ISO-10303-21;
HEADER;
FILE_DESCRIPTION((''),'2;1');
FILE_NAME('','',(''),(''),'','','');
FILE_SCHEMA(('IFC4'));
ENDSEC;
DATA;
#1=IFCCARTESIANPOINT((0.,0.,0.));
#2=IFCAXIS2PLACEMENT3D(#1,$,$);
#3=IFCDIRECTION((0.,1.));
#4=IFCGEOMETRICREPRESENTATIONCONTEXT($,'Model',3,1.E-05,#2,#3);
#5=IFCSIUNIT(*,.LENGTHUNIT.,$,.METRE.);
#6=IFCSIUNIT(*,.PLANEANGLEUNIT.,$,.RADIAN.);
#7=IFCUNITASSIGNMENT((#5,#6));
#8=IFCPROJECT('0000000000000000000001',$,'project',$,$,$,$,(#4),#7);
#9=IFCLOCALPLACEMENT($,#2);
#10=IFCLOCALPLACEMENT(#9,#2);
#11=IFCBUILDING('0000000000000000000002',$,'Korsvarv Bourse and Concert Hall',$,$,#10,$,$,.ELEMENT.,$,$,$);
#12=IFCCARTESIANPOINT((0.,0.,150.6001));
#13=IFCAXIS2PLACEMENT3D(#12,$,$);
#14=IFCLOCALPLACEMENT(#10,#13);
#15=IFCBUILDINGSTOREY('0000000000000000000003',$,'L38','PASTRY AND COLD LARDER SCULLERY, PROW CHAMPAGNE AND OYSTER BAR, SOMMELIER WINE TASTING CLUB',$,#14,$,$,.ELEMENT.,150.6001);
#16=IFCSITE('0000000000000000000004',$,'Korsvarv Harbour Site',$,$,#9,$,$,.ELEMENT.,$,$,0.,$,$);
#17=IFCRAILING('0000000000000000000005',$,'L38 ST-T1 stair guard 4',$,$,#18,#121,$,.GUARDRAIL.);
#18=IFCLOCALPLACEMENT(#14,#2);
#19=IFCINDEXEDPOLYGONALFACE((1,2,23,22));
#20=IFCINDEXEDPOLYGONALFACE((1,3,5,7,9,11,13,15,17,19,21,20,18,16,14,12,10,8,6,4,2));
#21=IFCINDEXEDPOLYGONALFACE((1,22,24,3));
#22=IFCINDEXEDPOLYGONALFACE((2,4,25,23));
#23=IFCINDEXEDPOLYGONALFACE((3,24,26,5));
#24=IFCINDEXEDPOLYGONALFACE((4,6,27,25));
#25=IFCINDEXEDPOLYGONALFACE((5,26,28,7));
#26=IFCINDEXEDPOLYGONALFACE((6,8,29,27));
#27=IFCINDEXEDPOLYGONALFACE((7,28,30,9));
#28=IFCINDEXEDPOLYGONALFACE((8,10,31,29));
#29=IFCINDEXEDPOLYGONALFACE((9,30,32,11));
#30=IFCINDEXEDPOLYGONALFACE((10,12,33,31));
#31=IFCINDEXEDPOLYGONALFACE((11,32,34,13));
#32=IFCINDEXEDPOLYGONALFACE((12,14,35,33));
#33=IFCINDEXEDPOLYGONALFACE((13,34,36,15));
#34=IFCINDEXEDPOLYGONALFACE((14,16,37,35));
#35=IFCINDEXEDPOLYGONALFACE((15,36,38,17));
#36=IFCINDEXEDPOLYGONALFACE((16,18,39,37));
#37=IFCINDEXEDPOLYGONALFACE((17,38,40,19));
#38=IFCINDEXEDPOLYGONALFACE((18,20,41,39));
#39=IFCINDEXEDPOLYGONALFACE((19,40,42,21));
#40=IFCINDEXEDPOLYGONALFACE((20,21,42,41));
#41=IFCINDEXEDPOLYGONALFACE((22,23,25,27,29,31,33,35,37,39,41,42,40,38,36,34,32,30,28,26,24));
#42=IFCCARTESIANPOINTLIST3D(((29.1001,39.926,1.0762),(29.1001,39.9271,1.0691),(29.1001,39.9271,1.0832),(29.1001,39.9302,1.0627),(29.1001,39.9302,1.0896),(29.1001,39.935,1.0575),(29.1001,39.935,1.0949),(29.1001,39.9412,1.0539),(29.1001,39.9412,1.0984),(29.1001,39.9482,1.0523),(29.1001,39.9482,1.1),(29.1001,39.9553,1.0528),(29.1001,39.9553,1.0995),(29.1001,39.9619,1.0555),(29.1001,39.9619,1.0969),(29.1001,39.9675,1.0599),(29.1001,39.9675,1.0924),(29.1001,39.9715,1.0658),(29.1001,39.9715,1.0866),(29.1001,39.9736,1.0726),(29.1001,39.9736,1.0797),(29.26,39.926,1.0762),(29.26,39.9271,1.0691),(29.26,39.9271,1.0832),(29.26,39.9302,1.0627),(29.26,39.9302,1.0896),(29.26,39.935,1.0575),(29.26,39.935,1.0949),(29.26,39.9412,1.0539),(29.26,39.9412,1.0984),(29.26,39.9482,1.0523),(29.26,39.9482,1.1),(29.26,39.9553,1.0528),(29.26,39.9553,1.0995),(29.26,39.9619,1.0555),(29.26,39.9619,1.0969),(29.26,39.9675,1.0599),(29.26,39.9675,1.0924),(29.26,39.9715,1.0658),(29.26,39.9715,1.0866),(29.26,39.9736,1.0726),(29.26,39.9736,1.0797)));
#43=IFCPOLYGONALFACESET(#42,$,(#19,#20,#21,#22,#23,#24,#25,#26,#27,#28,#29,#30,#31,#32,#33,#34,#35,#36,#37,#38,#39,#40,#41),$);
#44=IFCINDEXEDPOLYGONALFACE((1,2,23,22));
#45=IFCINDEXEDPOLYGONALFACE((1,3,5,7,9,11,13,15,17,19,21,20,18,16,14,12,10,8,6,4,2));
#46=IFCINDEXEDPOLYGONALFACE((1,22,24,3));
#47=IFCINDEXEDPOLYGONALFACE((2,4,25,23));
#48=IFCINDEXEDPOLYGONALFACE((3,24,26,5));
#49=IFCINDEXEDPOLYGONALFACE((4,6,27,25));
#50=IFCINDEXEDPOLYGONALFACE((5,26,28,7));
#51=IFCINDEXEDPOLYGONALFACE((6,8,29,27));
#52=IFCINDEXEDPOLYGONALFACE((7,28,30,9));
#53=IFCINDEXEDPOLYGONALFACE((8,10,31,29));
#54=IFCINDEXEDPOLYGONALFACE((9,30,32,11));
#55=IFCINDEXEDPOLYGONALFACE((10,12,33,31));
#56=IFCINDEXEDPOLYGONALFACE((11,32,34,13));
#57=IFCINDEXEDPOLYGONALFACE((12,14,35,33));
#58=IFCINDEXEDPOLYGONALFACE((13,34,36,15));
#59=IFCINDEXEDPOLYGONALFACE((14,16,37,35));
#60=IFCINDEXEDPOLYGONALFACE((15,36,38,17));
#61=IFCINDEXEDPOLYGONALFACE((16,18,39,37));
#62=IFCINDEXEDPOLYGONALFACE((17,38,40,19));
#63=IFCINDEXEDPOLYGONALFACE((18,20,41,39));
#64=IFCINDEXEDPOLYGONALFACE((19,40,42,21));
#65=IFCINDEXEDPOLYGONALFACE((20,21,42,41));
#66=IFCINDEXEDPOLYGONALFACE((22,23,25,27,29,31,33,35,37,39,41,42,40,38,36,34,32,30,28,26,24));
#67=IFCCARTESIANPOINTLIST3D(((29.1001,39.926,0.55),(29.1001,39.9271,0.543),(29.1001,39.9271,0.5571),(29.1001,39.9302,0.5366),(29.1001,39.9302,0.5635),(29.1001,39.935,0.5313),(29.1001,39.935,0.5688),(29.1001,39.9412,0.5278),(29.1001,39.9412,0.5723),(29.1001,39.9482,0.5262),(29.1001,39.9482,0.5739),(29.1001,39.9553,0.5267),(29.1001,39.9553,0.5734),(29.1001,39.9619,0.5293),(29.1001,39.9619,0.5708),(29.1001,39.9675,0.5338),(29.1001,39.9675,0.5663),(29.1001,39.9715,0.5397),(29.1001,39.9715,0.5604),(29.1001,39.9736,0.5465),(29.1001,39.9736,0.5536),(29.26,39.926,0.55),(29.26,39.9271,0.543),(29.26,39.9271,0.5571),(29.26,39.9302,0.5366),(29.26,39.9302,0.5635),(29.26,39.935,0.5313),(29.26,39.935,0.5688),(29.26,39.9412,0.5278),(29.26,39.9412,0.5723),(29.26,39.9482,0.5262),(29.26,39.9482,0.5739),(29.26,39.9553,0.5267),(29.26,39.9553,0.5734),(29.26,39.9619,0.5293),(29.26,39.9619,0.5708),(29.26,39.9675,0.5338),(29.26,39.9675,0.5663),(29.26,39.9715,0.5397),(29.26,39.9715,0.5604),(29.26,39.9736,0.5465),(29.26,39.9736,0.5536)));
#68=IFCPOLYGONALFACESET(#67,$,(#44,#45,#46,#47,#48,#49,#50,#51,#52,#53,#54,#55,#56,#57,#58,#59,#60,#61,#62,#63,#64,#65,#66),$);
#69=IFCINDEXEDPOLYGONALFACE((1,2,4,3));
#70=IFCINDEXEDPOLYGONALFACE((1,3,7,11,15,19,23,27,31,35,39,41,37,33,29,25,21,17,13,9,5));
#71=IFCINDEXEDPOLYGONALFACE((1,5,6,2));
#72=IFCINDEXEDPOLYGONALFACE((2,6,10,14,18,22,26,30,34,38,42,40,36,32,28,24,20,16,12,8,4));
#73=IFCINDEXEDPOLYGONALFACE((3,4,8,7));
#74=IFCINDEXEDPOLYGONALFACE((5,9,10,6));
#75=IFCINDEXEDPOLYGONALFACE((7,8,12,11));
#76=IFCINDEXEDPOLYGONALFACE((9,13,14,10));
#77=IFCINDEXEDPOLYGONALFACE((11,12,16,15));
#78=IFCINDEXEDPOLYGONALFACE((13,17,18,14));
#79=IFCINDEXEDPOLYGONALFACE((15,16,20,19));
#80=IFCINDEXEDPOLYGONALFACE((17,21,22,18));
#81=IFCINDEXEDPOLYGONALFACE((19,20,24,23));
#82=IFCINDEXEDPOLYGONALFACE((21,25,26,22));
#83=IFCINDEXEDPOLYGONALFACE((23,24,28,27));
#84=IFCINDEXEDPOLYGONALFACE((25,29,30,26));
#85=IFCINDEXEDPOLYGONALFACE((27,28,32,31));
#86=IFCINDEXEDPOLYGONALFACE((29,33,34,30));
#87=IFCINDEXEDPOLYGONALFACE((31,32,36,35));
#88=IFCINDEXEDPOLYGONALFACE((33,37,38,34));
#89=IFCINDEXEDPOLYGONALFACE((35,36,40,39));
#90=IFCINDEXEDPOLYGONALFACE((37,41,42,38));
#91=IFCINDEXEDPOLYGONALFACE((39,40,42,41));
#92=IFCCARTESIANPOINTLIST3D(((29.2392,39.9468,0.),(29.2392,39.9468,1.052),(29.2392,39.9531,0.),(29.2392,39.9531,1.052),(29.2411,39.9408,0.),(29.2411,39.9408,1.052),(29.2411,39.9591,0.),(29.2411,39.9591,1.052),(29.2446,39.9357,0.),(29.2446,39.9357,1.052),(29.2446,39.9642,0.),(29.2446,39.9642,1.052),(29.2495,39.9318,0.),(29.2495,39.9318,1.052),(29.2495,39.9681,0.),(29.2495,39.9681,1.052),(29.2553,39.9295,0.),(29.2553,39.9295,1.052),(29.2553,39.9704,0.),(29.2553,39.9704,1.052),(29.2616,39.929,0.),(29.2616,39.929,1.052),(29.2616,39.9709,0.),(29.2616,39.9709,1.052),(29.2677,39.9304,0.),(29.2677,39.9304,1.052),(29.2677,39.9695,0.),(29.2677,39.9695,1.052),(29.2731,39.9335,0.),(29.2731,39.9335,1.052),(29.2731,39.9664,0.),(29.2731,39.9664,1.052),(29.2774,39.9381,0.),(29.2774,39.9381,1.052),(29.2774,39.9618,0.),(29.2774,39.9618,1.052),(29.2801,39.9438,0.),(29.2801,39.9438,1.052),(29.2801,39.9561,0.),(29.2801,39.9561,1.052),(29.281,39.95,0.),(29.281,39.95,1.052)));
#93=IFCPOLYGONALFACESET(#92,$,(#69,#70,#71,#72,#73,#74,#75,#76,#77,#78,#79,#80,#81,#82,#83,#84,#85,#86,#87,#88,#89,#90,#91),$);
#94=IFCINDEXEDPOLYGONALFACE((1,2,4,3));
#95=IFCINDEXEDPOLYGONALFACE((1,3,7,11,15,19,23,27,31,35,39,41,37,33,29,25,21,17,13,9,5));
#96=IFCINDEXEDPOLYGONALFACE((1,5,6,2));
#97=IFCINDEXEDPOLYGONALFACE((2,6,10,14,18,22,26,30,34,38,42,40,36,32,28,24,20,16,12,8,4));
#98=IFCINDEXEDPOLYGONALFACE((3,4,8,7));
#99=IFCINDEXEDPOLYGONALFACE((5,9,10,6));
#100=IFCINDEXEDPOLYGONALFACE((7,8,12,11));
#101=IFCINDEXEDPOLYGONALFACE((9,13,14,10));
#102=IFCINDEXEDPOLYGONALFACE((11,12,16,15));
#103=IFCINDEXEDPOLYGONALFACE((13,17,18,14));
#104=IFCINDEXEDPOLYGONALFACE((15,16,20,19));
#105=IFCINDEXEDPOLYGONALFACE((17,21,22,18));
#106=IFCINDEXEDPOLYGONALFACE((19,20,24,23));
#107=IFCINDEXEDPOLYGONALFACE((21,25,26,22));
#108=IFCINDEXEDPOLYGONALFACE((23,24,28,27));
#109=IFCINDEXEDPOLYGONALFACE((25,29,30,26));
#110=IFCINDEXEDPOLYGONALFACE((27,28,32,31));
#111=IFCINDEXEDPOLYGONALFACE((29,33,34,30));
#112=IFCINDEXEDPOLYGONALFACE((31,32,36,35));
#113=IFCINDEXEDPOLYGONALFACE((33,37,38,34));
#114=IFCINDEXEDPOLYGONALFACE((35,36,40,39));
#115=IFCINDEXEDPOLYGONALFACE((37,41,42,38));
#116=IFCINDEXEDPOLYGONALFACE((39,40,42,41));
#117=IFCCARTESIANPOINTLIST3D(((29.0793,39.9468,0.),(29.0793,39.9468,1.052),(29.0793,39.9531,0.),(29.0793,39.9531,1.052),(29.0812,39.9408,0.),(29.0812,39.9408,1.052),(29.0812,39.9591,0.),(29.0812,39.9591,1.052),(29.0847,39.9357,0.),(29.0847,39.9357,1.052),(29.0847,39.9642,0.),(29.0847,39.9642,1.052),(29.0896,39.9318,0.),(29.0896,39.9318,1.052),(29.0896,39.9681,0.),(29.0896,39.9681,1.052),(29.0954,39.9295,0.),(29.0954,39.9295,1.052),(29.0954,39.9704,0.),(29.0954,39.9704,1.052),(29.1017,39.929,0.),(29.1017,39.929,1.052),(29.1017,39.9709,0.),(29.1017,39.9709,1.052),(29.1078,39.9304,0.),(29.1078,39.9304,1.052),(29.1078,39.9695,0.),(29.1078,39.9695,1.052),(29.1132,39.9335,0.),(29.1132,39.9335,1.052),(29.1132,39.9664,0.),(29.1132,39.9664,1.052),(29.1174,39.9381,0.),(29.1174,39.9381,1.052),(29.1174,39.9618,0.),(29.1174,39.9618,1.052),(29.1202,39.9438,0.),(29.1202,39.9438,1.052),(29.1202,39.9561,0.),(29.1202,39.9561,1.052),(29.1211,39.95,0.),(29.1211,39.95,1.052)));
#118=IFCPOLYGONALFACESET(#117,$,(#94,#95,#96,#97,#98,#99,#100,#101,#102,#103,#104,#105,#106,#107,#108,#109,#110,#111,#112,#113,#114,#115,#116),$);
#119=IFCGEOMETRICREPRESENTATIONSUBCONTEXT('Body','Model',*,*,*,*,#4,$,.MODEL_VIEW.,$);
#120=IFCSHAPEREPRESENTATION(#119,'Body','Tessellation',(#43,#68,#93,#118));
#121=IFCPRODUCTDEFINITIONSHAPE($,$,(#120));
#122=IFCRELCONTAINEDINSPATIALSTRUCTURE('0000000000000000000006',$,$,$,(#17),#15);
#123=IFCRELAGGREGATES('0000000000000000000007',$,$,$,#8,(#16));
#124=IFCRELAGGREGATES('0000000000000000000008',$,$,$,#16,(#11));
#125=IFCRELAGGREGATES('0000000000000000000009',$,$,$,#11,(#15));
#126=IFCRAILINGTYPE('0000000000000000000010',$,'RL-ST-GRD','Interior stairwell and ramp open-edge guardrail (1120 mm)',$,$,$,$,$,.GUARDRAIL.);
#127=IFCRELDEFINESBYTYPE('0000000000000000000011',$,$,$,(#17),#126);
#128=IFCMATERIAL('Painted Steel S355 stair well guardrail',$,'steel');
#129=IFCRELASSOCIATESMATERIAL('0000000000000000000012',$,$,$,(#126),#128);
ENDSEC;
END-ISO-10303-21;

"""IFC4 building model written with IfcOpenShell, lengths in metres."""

from ifc_helpers import new_model, si_unit, direction, frame, origin, origin_2d, place, context, subcontext, project, spatial, circle, extrude, material, type_object, element, save


model = new_model("IFC4")

# Units and contexts
model_context = context("Model", 3, precision=1e-05, world=origin(), true_north=direction((0.0, 1.0)))
body_context = subcontext(model_context, "Body", "Model", "MODEL_VIEW")
ifc_project = project(units=[si_unit("LENGTHUNIT", "METRE"), si_unit("PLANEANGLEUNIT", "RADIAN")], contexts=[model_context])

# Site, building, storey
site_placement = place(None, origin())
site = spatial("IfcSite", under=ifc_project, at=site_placement, Name="Korsvarv Harbour Site", CompositionType="ELEMENT", RefElevation=0.0)
building_placement = place(site_placement, origin())
building = spatial("IfcBuilding", under=site, at=building_placement, Name="Korsvarv Bourse and Concert Hall", CompositionType="ELEMENT")
storey_placement = place(building_placement, frame((0.0, 0.0, 150.6001)))
storey = spatial("IfcBuildingStorey", under=building, at=storey_placement, Name="L38", Description="PASTRY AND COLD LARDER SCULLERY, PROW CHAMPAGNE AND OYSTER BAR, SOMMELIER WINE TASTING CLUB", CompositionType="ELEMENT", Elevation=150.6001)

# Railing
ifc_material_1 = material(Name="Painted Steel S355 stair well guardrail", Category="steel")
railing_type_1 = type_object("IfcRailingType", Name="RL-ST-GRD", Description="Interior stairwell and ramp open-edge guardrail (1120 mm)", PredefinedType="GUARDRAIL", material=ifc_material_1)
railing_1_placement = place(storey_placement, frame((29.26, 39.95, 0.0)))
element("IfcRailing", 1, at=railing_1_placement, inside=storey, type_object=railing_type_1, Name="L38 ST-T1 stair guard 4", PredefinedType="GUARDRAIL", context=body_context, shape_type="SweptSolid", body=[
    extrude(circle(Radius=0.0239, at=origin_2d()), frame((0.0, 0.0, 1.0762), z_axis=(-1.0, 0.0, 0.0), x_axis=(0.0, -1.0, 0.0)), (0.0, 0.0, 1.0), 0.1599),
    extrude(circle(Radius=0.0239, at=origin_2d()), frame((0.0, 0.0, 0.55), z_axis=(-1.0, 0.0, 0.0), x_axis=(0.0, -1.0, 0.0)), (0.0, 0.0, 1.0), 0.1599),
    extrude(circle(Radius=0.021, at=origin_2d()), origin(), (0.0, 0.0, 1.0), 1.052),
    extrude(circle(Radius=0.021, at=origin_2d()), frame((-0.1599, 0.0, 0.0)), (0.0, 0.0, 1.0), 1.052),
])

save(model, "model.ifc")
